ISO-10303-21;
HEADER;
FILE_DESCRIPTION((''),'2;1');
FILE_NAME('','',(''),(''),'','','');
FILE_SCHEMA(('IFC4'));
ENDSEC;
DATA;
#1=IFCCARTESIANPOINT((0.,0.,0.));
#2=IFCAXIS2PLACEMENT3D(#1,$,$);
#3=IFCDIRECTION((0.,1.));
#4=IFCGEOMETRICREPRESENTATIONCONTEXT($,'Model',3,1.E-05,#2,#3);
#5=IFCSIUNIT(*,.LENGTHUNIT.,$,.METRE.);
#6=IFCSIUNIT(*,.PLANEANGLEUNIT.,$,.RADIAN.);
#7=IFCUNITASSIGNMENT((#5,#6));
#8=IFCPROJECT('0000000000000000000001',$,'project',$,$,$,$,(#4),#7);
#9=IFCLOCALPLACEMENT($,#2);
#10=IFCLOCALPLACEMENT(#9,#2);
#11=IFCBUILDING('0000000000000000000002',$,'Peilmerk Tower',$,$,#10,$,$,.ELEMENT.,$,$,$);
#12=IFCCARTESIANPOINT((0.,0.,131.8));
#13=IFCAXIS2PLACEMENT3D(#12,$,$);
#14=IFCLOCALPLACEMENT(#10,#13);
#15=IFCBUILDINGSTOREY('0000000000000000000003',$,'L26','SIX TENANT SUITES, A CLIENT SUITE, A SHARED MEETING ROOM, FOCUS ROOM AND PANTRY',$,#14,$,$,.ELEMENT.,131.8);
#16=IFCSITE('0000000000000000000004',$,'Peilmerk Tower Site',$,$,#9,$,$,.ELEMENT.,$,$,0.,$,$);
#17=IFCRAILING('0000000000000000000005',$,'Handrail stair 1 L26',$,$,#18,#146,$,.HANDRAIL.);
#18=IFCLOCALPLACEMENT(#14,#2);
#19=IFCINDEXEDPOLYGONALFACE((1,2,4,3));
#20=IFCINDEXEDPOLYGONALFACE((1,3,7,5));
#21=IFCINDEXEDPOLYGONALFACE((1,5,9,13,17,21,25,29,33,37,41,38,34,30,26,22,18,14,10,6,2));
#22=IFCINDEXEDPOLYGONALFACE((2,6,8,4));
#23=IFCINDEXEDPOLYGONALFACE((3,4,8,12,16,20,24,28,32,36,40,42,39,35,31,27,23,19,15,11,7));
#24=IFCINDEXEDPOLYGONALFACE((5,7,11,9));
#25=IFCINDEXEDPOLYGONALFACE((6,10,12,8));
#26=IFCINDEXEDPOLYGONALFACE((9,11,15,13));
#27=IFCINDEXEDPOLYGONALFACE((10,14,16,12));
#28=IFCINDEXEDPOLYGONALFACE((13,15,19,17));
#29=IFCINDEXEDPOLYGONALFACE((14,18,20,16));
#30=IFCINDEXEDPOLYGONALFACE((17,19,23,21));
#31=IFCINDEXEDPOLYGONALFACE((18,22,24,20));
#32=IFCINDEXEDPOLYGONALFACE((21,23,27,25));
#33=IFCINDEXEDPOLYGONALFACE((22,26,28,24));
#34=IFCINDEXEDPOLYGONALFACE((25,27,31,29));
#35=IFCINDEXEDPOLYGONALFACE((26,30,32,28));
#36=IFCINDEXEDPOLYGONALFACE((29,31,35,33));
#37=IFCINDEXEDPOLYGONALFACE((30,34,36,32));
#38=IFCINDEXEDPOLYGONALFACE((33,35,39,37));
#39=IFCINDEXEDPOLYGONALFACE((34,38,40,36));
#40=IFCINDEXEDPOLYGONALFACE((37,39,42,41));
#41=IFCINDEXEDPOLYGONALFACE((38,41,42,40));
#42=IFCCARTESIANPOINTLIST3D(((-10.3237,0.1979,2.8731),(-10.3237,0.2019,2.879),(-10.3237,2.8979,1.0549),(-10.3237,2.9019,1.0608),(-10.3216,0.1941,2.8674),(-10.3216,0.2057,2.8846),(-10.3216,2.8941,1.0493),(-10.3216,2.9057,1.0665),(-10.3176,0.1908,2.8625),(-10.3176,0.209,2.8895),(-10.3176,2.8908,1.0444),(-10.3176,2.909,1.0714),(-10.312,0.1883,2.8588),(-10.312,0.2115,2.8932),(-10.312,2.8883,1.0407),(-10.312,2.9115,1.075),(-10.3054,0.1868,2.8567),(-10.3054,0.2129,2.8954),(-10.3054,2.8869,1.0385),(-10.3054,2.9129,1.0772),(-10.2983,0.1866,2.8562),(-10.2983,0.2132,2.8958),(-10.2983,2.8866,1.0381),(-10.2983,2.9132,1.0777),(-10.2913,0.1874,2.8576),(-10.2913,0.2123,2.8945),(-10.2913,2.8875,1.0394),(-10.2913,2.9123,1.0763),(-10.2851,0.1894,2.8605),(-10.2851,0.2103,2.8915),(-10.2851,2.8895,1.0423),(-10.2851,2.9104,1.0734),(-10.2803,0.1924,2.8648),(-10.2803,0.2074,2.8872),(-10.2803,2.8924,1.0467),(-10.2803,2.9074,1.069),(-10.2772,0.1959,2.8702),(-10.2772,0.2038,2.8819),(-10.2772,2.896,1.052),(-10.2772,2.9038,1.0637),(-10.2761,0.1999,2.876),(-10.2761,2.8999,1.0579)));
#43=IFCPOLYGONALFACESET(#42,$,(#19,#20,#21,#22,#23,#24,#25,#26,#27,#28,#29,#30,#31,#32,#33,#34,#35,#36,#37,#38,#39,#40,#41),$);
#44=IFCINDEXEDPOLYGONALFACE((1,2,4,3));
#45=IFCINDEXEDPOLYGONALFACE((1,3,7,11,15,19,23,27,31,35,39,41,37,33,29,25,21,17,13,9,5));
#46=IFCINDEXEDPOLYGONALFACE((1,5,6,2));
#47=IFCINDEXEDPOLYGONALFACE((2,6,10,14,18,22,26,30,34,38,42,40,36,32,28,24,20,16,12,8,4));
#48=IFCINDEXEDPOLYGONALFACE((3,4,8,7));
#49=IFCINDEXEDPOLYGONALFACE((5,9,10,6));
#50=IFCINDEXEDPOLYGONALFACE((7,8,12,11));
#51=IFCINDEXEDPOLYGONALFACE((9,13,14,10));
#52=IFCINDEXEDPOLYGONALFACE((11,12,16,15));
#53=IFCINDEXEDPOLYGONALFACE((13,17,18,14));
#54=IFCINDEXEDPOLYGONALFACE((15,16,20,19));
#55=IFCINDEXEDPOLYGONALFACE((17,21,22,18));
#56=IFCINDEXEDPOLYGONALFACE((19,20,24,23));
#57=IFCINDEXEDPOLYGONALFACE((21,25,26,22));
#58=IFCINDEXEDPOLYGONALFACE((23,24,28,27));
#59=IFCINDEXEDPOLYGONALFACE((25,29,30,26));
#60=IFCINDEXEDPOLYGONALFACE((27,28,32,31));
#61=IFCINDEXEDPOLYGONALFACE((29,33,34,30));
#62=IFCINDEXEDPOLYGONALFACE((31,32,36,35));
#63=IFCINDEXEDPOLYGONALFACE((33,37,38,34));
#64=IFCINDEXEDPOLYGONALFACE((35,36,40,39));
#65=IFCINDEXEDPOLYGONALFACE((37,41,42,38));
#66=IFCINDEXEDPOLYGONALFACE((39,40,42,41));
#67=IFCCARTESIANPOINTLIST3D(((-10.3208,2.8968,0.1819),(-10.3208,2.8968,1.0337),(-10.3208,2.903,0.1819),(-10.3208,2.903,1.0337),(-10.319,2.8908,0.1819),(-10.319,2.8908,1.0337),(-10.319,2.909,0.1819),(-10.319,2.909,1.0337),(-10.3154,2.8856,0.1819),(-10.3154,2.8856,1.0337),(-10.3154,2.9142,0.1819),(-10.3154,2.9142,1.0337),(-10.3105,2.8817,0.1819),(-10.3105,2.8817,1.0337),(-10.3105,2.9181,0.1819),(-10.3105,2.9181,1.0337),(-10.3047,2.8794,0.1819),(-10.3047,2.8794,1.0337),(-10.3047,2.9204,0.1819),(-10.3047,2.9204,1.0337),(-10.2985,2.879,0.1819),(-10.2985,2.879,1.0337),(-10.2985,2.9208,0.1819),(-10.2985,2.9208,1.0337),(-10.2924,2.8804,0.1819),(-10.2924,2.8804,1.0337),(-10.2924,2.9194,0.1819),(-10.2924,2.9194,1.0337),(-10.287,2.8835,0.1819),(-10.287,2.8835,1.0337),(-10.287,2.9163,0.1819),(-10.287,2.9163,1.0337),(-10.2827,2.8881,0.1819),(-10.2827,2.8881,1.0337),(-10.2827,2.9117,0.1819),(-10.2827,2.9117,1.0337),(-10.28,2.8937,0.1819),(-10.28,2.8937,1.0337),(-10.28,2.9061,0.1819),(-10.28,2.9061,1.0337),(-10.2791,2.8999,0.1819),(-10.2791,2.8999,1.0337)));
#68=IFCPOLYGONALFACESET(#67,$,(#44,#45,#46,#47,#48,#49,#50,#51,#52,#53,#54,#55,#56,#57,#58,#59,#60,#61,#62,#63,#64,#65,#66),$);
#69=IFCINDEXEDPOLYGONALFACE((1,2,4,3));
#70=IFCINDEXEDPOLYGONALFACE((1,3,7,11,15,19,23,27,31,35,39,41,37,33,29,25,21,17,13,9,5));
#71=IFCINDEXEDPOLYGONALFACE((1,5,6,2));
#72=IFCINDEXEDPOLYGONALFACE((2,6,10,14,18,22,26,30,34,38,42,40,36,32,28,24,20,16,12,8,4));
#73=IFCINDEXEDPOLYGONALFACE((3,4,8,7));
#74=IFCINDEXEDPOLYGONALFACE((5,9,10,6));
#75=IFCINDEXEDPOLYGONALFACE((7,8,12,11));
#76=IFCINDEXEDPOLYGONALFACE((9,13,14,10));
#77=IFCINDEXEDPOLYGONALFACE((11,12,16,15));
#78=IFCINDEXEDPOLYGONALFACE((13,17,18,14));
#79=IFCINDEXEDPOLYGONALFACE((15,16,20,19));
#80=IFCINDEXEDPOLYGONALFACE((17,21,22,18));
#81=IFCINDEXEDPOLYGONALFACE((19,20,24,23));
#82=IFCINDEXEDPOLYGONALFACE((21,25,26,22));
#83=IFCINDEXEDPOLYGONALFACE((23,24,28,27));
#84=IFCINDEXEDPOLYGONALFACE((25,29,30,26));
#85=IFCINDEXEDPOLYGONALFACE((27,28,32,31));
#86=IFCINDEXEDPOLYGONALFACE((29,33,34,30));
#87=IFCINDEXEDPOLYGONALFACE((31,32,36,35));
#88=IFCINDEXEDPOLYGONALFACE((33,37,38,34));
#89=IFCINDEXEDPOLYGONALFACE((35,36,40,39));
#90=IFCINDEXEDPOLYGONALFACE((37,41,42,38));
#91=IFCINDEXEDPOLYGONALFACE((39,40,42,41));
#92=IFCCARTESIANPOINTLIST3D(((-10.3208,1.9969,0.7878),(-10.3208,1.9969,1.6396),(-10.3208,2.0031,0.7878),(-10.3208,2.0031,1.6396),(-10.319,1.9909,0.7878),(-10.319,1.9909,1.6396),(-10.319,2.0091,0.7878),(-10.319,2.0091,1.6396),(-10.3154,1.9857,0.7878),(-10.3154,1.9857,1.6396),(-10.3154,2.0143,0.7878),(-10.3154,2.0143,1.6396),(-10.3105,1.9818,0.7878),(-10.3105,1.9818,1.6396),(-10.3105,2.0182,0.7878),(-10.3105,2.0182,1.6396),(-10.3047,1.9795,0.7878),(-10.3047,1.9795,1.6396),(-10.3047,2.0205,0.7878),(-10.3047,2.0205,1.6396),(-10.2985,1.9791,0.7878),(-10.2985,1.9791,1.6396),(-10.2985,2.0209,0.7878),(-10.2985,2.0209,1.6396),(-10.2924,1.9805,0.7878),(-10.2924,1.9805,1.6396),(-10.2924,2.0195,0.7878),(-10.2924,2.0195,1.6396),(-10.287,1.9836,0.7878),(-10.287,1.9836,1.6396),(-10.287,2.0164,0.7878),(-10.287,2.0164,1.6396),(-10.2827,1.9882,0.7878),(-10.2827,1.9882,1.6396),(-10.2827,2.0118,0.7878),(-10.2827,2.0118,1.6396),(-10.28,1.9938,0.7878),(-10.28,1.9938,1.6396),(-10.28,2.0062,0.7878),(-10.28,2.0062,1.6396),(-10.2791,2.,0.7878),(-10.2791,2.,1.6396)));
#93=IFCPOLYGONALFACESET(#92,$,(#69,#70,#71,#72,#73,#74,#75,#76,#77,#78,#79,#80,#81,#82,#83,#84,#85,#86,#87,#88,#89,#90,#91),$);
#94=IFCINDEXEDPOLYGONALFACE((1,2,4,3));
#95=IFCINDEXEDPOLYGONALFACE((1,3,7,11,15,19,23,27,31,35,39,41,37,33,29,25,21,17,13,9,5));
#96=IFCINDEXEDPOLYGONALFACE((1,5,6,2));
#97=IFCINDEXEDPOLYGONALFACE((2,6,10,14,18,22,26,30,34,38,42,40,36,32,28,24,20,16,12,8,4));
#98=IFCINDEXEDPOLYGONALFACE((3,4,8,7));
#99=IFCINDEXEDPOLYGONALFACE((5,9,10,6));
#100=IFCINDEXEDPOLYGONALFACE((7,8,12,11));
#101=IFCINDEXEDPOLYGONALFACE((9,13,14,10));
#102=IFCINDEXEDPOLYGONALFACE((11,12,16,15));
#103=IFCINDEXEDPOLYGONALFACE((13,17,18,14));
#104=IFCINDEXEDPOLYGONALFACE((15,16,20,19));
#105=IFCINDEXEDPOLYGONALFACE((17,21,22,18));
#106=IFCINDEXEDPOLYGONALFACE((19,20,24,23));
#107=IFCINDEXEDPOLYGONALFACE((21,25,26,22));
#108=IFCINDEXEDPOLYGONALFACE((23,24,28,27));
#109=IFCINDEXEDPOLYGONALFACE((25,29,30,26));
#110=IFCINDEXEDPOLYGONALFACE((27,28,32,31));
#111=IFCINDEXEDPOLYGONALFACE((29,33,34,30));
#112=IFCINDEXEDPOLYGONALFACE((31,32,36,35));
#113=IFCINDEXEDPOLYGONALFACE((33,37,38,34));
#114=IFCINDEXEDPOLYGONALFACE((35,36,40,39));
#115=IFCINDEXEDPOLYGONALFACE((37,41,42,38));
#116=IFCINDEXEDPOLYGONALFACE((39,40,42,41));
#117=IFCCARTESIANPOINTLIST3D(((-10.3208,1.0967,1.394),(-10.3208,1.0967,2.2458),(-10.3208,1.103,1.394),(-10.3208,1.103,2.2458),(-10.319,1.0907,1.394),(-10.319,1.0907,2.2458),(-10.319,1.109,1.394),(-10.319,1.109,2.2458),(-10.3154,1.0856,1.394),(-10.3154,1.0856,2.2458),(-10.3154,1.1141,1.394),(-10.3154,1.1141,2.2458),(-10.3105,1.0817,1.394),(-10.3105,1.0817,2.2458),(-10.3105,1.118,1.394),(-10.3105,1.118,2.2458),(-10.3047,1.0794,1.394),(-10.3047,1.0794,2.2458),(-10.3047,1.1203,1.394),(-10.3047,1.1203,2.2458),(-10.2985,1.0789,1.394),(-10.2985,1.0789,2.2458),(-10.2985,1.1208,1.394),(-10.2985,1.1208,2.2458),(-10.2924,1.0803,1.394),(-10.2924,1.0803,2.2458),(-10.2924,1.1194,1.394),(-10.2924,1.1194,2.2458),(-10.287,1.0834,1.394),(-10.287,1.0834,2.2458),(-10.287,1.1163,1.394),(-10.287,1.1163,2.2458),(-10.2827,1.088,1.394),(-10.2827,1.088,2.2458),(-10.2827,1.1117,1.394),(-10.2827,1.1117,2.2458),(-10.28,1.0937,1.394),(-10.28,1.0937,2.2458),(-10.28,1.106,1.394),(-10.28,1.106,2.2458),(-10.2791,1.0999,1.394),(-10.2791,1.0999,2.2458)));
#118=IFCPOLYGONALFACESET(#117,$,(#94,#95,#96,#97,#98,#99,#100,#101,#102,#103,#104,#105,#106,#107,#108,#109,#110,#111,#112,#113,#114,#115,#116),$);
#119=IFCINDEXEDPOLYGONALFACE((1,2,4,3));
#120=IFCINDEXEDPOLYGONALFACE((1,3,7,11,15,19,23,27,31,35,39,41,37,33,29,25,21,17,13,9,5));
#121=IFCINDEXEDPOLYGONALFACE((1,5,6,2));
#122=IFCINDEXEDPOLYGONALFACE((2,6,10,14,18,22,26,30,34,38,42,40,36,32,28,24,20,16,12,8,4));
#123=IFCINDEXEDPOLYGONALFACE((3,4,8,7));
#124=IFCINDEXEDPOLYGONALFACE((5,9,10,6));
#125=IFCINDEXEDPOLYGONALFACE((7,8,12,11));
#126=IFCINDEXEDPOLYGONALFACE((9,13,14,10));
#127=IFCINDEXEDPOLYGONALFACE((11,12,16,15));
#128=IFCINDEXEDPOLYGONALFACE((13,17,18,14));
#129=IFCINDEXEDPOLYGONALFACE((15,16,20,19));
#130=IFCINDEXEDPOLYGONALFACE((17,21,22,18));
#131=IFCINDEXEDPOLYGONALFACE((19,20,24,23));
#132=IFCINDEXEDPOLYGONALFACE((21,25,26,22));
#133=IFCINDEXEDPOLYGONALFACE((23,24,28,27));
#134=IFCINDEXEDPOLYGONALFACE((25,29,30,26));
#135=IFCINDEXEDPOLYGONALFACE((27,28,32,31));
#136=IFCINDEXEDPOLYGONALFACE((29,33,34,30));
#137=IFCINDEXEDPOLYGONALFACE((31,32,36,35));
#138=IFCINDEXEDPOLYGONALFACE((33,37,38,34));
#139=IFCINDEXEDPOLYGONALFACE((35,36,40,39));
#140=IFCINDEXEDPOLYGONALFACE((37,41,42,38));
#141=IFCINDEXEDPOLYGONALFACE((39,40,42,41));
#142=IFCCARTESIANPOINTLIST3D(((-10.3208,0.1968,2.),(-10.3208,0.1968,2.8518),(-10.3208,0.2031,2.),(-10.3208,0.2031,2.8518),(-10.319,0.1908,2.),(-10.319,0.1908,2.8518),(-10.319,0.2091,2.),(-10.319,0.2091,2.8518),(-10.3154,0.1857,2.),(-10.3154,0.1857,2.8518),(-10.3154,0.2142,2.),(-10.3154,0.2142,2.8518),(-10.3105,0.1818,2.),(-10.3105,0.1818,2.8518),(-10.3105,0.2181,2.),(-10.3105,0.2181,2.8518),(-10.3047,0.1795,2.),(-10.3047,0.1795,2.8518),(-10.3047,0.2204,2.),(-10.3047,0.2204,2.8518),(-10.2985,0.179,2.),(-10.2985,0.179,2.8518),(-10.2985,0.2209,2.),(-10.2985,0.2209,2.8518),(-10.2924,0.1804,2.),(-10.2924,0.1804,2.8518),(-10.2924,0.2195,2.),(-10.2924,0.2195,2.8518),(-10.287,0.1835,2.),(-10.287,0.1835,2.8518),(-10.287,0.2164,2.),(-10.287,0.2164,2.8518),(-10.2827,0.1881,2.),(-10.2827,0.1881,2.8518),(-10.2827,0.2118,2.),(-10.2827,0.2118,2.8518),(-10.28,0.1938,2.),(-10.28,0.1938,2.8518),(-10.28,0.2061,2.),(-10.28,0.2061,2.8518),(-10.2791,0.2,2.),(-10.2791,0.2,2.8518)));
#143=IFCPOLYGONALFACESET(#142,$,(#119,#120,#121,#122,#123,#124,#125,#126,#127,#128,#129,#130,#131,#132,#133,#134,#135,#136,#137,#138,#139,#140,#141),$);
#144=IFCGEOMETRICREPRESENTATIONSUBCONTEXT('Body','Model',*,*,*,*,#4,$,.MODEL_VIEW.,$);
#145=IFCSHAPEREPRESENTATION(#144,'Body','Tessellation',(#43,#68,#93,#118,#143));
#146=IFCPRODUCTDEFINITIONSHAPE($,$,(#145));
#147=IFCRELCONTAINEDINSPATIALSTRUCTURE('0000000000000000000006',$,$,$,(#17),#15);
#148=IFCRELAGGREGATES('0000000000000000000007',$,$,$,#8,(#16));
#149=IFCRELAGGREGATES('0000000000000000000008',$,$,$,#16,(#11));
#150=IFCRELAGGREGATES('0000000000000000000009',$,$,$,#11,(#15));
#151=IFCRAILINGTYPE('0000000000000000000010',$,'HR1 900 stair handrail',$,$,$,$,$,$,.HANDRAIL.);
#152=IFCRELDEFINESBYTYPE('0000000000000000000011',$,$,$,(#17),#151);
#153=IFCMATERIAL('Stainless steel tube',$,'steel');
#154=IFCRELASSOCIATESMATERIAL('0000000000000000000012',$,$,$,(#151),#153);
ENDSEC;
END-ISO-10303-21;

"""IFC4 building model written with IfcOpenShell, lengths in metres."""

from ifc_helpers import new_model, si_unit, direction, frame, origin, origin_2d, place, context, subcontext, project, spatial, circle, extrude, material, type_object, element, save


model = new_model("IFC4")

# Units and contexts
model_context = context("Model", 3, precision=1e-05, world=origin(), true_north=direction((0.0, 1.0)))
body_context = subcontext(model_context, "Body", "Model", "MODEL_VIEW")
ifc_project = project(units=[si_unit("LENGTHUNIT", "METRE"), si_unit("PLANEANGLEUNIT", "RADIAN")], contexts=[model_context])

# Site, building, storey
site_placement = place(None, origin())
site = spatial("IfcSite", under=ifc_project, at=site_placement, Name="Peilmerk Tower Site", CompositionType="ELEMENT", RefElevation=0.0)
building_placement = place(site_placement, origin())
building = spatial("IfcBuilding", under=site, at=building_placement, Name="Peilmerk Tower", CompositionType="ELEMENT")
storey_placement = place(building_placement, frame((0.0, 0.0, 131.8)))
storey = spatial("IfcBuildingStorey", under=building, at=storey_placement, Name="L26", Description="SIX TENANT SUITES, A CLIENT SUITE, A SHARED MEETING ROOM, FOCUS ROOM AND PANTRY", CompositionType="ELEMENT", Elevation=131.8)

# Railing
ifc_material_1 = material(Name="Stainless steel tube", Category="steel")
railing_type_1 = type_object("IfcRailingType", Name="HR1 900 stair handrail", PredefinedType="HANDRAIL", material=ifc_material_1)
railing_1_placement = place(storey_placement, frame((-10.3, 2.8999, 0.1819)))
element("IfcRailing", 1, at=railing_1_placement, inside=storey, type_object=railing_type_1, Name="Handrail stair 1 L26", PredefinedType="HANDRAIL", context=body_context, shape_type="SweptSolid", body=[
    extrude(circle(Radius=0.0239, at=origin_2d()), frame((0.0, 0.0, 0.876), z_axis=(0.0, -0.829468, 0.558554), x_axis=(1.0, 0.0, 0.0)), (0.0, 0.0, 1.0), 3.2551),
    extrude(circle(Radius=0.021, at=origin_2d()), origin(), (0.0, 0.0, 1.0), 0.8518),
    extrude(circle(Radius=0.021, at=origin_2d()), frame((0.0, -0.8999, 0.606)), (0.0, 0.0, 1.0), 0.8518),
    extrude(circle(Radius=0.021, at=origin_2d()), frame((0.0, -1.8, 1.2122)), (0.0, 0.0, 1.0), 0.8518),
    extrude(circle(Radius=0.021, at=origin_2d()), frame((0.0, -2.7, 1.8181)), (0.0, 0.0, 1.0), 0.8518),
])

save(model, "model.ifc")
